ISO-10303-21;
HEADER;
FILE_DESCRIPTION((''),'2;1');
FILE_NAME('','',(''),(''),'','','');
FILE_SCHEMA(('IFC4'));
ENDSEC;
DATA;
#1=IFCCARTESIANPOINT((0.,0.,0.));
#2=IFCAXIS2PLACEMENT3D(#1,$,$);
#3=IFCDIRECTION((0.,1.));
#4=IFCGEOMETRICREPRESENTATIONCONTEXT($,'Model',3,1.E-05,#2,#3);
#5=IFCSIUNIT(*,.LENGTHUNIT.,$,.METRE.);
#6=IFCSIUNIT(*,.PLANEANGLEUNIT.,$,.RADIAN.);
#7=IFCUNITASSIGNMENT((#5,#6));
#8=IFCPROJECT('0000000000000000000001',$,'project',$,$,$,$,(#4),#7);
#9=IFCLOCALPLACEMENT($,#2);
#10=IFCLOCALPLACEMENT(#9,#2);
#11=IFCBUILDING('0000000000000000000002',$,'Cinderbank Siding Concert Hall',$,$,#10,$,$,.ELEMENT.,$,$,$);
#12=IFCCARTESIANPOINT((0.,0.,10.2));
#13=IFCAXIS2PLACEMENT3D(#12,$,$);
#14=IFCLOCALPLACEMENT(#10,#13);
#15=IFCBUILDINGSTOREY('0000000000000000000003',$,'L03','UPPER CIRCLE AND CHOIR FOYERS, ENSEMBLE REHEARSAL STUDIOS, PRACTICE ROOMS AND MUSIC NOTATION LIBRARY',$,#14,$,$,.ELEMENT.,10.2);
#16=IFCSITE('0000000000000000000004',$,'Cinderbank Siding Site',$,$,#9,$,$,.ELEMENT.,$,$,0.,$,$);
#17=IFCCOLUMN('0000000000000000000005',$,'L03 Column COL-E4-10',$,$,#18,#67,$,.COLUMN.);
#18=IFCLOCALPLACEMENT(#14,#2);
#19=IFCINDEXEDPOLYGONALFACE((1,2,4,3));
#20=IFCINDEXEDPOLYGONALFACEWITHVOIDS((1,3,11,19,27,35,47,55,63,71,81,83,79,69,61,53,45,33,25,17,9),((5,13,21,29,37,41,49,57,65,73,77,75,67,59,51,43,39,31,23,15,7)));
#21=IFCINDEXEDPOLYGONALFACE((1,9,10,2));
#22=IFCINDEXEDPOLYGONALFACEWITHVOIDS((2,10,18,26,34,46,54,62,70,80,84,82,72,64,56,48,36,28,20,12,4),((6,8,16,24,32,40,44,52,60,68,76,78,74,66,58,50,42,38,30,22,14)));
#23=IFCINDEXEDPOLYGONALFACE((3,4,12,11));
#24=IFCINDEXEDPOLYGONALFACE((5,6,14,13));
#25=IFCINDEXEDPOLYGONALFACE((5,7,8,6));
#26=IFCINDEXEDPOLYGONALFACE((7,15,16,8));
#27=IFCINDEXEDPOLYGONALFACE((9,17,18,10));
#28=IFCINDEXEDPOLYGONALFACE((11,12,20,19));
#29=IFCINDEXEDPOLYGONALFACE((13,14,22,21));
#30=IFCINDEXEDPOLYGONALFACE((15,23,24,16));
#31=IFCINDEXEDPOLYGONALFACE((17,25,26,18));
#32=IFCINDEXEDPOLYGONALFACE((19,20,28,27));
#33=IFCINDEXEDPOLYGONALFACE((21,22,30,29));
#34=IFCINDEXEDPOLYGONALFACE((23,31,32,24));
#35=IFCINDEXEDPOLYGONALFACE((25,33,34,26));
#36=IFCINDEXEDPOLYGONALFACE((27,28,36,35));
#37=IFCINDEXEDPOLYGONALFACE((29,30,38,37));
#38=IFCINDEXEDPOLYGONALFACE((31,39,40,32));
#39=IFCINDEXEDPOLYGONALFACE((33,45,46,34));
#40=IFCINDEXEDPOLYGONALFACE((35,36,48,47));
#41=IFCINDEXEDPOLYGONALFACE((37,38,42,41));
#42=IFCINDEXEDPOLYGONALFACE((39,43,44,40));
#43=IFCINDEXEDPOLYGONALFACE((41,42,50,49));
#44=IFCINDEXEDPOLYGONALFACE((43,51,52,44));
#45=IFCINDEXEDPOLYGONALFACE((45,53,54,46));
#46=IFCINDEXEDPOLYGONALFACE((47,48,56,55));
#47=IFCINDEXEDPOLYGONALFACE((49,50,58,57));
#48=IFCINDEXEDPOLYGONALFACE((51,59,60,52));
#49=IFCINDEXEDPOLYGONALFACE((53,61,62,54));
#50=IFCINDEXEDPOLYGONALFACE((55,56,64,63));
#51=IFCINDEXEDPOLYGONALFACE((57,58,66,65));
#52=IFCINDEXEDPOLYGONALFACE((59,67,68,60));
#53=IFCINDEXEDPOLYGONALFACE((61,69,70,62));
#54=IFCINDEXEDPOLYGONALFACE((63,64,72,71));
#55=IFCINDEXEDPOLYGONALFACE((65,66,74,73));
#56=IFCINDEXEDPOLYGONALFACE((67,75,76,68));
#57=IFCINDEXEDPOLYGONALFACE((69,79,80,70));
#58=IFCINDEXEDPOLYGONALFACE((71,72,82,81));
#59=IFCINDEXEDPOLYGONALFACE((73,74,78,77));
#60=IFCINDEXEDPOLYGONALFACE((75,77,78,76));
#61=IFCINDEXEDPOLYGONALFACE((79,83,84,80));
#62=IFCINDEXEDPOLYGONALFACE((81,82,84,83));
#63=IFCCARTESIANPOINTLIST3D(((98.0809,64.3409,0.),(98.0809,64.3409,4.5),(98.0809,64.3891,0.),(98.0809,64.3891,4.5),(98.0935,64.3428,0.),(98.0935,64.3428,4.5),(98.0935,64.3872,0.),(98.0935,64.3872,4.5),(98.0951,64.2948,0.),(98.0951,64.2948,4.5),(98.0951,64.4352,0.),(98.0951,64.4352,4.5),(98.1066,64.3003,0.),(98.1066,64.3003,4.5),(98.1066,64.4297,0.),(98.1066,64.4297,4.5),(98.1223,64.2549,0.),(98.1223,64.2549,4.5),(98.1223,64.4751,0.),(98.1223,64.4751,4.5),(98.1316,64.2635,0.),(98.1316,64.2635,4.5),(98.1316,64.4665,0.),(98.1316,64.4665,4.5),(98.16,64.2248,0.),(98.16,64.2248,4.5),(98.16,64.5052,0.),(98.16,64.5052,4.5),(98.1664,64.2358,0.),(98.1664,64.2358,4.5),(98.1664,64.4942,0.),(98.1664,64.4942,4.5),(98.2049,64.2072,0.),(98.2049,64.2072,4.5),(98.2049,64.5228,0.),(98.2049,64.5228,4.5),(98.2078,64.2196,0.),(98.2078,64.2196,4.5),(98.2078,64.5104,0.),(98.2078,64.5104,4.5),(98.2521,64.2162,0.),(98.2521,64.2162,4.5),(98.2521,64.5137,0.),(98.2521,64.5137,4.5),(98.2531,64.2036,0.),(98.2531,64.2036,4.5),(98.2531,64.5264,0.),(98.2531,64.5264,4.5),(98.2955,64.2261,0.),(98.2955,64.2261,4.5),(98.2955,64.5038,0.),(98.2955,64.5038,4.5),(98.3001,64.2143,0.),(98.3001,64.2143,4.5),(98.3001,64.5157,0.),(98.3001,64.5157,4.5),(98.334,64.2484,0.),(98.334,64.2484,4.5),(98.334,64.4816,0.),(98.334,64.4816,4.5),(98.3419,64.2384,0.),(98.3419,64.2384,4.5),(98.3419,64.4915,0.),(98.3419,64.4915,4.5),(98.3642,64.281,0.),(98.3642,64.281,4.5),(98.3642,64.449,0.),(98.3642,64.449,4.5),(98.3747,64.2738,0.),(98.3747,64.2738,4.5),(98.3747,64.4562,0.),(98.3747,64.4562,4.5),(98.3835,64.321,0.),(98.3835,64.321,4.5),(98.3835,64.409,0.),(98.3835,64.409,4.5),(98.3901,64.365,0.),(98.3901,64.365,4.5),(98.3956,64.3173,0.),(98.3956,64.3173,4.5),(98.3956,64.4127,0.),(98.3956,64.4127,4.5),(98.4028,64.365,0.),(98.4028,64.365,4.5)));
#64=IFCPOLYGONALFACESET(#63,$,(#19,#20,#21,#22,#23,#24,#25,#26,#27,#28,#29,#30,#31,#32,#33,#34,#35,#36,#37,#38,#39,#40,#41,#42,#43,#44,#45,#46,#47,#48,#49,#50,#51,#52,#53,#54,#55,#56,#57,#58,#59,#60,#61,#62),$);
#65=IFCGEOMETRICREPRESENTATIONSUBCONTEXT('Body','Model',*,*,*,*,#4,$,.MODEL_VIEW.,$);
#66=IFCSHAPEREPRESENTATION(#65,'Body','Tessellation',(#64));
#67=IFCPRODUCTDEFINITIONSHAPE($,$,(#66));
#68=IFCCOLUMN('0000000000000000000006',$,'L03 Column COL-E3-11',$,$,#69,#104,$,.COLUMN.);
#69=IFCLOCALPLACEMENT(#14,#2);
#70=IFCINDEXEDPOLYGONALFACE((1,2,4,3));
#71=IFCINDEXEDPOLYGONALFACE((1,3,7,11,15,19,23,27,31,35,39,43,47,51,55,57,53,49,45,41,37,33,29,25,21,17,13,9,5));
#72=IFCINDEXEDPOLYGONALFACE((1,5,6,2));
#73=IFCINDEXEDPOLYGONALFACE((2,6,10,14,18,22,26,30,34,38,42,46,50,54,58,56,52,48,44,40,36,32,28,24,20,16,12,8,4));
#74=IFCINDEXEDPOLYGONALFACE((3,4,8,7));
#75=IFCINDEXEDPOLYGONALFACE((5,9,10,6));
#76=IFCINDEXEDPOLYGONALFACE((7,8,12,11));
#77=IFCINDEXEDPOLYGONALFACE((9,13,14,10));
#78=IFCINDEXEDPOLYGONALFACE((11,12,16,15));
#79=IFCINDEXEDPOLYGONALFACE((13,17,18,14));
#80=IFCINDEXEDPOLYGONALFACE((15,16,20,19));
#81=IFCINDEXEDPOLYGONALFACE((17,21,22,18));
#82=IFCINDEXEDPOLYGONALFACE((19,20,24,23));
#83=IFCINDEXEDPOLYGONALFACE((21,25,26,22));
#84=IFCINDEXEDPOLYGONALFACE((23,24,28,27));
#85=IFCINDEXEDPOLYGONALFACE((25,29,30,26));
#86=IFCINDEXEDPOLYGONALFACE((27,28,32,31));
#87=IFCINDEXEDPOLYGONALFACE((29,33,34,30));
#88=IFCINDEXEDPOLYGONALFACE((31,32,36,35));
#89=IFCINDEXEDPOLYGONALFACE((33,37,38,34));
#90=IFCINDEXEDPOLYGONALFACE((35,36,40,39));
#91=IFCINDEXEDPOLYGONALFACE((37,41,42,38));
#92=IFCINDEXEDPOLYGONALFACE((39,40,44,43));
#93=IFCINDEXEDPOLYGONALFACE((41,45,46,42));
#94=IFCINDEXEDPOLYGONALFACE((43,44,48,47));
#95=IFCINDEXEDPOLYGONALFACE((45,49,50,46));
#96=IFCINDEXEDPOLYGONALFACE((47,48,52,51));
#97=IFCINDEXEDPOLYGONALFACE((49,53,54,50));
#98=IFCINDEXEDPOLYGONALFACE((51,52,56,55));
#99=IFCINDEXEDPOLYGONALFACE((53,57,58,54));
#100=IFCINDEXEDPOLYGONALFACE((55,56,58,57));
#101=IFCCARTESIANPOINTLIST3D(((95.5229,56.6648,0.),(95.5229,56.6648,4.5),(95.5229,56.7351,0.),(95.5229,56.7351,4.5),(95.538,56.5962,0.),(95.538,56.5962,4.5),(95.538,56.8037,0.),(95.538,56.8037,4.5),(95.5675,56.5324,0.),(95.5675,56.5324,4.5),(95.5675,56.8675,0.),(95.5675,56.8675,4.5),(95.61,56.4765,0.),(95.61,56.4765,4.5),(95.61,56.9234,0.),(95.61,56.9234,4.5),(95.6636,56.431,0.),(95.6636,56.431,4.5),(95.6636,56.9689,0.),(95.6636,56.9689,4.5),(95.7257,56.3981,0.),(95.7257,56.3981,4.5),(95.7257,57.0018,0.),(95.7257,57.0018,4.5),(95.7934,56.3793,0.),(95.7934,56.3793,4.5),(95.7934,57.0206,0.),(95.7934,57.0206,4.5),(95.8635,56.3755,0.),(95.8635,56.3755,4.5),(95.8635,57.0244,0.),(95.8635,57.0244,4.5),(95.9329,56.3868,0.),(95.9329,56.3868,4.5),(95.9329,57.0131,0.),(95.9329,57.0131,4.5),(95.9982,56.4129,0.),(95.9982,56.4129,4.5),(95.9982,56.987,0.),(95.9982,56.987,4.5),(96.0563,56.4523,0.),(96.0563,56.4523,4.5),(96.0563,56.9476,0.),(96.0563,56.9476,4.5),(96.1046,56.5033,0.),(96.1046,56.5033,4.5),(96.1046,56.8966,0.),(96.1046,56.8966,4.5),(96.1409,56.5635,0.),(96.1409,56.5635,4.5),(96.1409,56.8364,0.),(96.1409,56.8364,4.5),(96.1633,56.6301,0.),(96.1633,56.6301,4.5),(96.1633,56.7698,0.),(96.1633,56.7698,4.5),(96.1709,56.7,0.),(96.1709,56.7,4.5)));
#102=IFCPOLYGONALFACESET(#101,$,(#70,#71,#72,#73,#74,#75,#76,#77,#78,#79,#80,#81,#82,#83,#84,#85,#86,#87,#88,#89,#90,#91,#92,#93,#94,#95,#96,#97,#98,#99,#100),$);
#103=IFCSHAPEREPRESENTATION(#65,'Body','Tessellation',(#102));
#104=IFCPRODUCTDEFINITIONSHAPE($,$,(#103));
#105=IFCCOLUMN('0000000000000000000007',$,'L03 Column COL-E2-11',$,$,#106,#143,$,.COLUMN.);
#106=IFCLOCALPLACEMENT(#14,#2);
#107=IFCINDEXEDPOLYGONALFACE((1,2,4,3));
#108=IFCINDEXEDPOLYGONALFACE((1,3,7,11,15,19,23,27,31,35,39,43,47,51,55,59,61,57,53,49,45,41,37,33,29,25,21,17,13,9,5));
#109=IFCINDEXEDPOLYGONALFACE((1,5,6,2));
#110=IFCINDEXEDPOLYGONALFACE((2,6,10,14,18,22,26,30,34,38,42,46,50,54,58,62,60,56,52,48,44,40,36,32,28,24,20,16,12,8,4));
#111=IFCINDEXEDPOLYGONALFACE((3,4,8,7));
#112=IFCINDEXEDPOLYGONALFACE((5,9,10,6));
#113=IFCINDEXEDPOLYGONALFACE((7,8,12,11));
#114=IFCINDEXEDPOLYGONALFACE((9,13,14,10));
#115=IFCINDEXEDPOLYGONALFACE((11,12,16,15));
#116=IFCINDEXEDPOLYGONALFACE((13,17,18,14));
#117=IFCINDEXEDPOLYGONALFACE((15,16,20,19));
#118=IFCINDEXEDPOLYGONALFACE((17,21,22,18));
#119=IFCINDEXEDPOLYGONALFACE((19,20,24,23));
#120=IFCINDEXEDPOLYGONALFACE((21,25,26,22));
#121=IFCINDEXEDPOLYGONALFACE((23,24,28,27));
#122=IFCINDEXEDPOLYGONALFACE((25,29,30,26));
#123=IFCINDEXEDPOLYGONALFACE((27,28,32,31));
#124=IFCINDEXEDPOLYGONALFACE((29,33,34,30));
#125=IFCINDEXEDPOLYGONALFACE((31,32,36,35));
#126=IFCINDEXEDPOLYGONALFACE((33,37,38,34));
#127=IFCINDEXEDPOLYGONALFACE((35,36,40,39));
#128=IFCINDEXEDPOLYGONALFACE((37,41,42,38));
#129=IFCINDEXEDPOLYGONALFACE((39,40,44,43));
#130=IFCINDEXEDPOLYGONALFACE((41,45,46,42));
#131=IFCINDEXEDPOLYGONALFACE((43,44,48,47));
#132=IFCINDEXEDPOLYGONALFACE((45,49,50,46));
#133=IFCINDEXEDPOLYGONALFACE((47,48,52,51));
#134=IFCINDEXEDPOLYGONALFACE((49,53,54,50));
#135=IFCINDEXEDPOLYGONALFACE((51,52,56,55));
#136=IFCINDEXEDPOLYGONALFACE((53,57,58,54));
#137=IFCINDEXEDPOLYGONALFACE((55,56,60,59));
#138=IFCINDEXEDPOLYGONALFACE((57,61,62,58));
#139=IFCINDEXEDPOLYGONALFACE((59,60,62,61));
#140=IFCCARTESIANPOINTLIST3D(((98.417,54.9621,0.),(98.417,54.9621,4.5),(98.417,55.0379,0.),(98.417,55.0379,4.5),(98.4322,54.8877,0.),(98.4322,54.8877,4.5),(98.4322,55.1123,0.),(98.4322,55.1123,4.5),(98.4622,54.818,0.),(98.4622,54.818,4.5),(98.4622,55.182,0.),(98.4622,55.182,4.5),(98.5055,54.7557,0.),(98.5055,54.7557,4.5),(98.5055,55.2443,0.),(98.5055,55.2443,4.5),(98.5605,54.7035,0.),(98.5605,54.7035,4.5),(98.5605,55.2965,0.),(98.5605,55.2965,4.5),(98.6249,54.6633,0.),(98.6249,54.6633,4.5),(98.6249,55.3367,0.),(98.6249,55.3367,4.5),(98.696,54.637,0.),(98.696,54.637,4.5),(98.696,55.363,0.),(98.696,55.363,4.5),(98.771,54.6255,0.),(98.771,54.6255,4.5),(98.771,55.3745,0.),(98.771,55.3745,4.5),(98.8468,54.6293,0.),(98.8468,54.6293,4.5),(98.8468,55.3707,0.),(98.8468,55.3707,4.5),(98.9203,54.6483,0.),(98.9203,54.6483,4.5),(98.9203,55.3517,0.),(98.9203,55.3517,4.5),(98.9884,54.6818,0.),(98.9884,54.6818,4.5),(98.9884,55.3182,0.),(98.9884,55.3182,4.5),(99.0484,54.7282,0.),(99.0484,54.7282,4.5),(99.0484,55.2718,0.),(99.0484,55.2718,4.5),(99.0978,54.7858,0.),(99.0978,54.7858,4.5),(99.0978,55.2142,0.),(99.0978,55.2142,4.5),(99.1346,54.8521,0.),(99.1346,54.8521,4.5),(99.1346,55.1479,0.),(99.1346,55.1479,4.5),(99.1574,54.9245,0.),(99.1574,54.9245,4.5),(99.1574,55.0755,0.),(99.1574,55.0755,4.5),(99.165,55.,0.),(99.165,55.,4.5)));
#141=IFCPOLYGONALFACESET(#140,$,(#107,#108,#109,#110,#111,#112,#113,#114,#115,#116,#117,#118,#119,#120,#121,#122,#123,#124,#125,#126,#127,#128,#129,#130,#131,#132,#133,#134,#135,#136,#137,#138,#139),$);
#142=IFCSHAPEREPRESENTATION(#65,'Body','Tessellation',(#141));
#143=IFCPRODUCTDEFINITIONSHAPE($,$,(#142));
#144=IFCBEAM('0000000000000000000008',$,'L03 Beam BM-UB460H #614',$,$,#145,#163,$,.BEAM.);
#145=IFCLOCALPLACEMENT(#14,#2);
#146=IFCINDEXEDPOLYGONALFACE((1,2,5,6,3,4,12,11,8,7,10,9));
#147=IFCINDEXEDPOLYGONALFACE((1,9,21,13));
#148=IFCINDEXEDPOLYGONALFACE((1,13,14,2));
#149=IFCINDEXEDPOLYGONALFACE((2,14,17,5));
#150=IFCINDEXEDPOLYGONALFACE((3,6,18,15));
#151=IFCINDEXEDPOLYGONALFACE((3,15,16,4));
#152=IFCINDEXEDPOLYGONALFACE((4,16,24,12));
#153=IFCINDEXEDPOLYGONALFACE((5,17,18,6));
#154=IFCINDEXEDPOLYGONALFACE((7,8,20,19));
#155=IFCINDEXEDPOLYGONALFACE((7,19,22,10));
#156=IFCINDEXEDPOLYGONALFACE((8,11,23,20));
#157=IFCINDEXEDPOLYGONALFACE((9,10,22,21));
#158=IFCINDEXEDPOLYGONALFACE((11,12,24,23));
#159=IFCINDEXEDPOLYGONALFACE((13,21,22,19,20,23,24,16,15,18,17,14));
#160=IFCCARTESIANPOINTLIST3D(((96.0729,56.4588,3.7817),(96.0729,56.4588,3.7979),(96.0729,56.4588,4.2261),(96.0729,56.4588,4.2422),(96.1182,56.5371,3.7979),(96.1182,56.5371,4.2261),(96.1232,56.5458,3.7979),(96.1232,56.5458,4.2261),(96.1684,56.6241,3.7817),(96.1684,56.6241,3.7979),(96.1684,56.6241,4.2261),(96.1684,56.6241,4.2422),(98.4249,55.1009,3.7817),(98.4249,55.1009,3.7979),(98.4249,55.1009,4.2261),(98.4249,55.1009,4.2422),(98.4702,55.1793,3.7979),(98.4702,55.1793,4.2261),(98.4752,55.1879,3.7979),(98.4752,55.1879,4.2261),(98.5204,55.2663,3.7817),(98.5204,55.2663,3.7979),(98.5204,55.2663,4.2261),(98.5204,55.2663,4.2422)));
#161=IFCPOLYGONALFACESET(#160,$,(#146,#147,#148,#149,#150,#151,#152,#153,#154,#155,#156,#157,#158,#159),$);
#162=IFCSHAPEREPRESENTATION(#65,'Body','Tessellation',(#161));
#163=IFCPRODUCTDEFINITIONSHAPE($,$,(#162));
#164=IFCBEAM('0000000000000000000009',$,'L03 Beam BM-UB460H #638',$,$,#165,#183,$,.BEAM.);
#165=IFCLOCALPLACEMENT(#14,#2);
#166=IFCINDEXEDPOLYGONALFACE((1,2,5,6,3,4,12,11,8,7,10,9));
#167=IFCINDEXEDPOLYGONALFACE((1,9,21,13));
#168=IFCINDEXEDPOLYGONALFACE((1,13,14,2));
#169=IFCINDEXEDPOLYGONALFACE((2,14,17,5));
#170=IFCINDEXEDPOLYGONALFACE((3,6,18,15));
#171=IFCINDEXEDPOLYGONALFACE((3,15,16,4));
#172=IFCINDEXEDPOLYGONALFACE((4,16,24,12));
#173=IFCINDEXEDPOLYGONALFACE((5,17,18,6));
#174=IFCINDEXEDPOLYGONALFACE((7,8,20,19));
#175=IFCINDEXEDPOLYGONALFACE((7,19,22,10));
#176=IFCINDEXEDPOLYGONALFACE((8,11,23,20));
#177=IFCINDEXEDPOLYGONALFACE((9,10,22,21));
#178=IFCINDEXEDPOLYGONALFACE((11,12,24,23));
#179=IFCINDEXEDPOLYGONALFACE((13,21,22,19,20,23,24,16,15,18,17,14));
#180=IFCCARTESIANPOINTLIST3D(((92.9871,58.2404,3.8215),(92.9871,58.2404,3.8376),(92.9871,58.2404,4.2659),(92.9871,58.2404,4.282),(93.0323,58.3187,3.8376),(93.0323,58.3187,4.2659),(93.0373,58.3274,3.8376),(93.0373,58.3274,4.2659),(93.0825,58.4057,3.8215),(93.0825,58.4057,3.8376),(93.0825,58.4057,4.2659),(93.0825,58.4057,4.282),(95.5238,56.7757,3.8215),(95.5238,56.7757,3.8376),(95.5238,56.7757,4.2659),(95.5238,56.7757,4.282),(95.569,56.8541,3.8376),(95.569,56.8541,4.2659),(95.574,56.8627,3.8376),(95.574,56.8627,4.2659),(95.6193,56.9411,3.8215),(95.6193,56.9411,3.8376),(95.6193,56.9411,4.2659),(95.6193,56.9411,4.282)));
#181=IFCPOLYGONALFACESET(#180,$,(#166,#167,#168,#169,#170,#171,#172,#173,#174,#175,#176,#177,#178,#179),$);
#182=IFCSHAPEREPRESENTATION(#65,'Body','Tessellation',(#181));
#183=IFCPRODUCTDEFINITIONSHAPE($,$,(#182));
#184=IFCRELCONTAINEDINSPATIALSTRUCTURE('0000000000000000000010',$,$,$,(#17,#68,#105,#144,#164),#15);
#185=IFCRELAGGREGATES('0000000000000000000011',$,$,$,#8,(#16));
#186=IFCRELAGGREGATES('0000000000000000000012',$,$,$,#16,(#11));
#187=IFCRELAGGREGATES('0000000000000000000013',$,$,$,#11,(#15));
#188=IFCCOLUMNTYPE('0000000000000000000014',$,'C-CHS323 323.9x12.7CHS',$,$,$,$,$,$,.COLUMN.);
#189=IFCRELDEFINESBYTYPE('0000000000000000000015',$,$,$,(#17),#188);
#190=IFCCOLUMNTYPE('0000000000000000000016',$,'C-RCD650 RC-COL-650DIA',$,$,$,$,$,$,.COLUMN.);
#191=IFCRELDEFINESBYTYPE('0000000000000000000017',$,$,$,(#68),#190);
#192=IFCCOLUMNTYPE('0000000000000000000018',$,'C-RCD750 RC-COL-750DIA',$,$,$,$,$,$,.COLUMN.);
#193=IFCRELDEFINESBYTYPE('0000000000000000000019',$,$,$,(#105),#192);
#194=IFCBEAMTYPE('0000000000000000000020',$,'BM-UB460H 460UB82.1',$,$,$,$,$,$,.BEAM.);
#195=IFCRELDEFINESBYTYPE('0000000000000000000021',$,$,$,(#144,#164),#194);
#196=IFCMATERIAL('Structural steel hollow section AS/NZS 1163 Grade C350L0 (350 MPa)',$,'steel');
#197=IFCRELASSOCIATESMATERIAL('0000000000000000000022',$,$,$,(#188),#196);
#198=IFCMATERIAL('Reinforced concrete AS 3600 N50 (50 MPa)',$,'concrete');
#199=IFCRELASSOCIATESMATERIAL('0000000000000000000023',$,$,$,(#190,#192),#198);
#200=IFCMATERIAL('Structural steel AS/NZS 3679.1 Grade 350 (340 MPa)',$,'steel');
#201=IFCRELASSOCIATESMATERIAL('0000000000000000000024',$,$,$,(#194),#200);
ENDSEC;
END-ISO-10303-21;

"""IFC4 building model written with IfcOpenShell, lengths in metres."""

from ifc_helpers import new_model, si_unit, direction, frame, origin, origin_2d, place, context, subcontext, project, spatial, circle, hollow_circle, i_section, extrude, material, material_profile, profile_set, type_object, element, save


model = new_model("IFC4")

# Units and contexts
model_context = context("Model", 3, precision=1e-05, world=origin(), true_north=direction((0.0, 1.0)))
body_context = subcontext(model_context, "Body", "Model", "MODEL_VIEW")
ifc_project = project(units=[si_unit("LENGTHUNIT", "METRE"), si_unit("PLANEANGLEUNIT", "RADIAN")], contexts=[model_context])

# Site, building, storey
site_placement = place(None, origin())
site = spatial("IfcSite", under=ifc_project, at=site_placement, Name="Cinderbank Siding Site", CompositionType="ELEMENT", RefElevation=0.0)
building_placement = place(site_placement, origin())
building = spatial("IfcBuilding", under=site, at=building_placement, Name="Cinderbank Siding Concert Hall", CompositionType="ELEMENT")
storey_placement = place(building_placement, frame((0.0, 0.0, 10.2)))
storey = spatial("IfcBuildingStorey", under=building, at=storey_placement, Name="L03", Description="UPPER CIRCLE AND CHOIR FOYERS, ENSEMBLE REHEARSAL STUDIOS, PRACTICE ROOMS AND MUSIC NOTATION LIBRARY", CompositionType="ELEMENT", Elevation=10.2)

# Columns
ifc_material_1 = material(Name="Structural steel hollow section AS/NZS 1163 Grade C350L0 (350 MPa)", Category="steel")
ifc_material_profile_1 = material_profile(ifc_material_1, hollow_circle(Radius=0.1619, WallThickness=0.0127, at=origin_2d()), Name="323.9x12.7CHS", Category="LoadBearing")
ifc_profile_set_1 = profile_set([ifc_material_profile_1], Name="Structural steel hollow section AS/NZS 1163 Grade C350L0 (350 MPa)")
column_type_1 = type_object("IfcColumnType", Name="C-CHS323 323.9x12.7CHS", PredefinedType="COLUMN", material=ifc_profile_set_1)
column_1_placement = place(storey_placement, frame((98.241, 64.365, 0.0), z_axis=(0.0, 0.0, 1.0), x_axis=(1.0, 0.0, 0.0)))
element("IfcColumn", 1, at=column_1_placement, inside=storey, type_object=column_type_1, Name="L03 Column COL-E4-10", PredefinedType="COLUMN", context=body_context, shape_type="SweptSolid", body=[
    extrude(hollow_circle(Radius=0.1619, WallThickness=0.0127, at=origin_2d()), origin(), (0.0, 0.0, 1.0), 4.5),
])
ifc_material_2 = material(Name="Reinforced concrete AS 3600 N50 (50 MPa)", Category="concrete")
ifc_material_profile_2 = material_profile(ifc_material_2, circle(Radius=0.325, at=origin_2d()), Name="RC-COL-650DIA", Category="LoadBearing")
ifc_profile_set_2 = profile_set([ifc_material_profile_2], Name="Reinforced concrete AS 3600 N50 (50 MPa)")
column_type_2 = type_object("IfcColumnType", Name="C-RCD650 RC-COL-650DIA", PredefinedType="COLUMN", material=ifc_profile_set_2)
column_2_placement = place(storey_placement, frame((95.8459, 56.7, 0.0), z_axis=(0.0, 0.0, 1.0), x_axis=(1.0, 0.0, 0.0)))
element("IfcColumn", 2, at=column_2_placement, inside=storey, type_object=column_type_2, Name="L03 Column COL-E3-11", PredefinedType="COLUMN", context=body_context, shape_type="SweptSolid", body=[
    extrude(circle(Radius=0.325, at=origin_2d()), origin(), (0.0, 0.0, 1.0), 4.5),
])
ifc_material_profile_3 = material_profile(ifc_material_2, circle(Radius=0.375, at=origin_2d()), Name="RC-COL-750DIA", Category="LoadBearing")
ifc_profile_set_3 = profile_set([ifc_material_profile_3], Name="Reinforced concrete AS 3600 N50 (50 MPa)")
column_type_3 = type_object("IfcColumnType", Name="C-RCD750 RC-COL-750DIA", PredefinedType="COLUMN", material=ifc_profile_set_3)
column_3_placement = place(storey_placement, frame((98.79, 55.0, 0.0), z_axis=(0.0, 0.0, 1.0), x_axis=(1.0, 0.0, 0.0)))
element("IfcColumn", 3, at=column_3_placement, inside=storey, type_object=column_type_3, Name="L03 Column COL-E2-11", PredefinedType="COLUMN", context=body_context, shape_type="SweptSolid", body=[
    extrude(circle(Radius=0.375, at=origin_2d()), origin(), (0.0, 0.0, 1.0), 4.5),
])

# Beams
ifc_material_3 = material(Name="Structural steel AS/NZS 3679.1 Grade 350 (340 MPa)", Category="steel")
ifc_material_profile_4 = material_profile(ifc_material_3, i_section(OverallWidth=0.1909, OverallDepth=0.4604, WebThickness=0.01, FlangeThickness=0.0161, at=origin_2d()), Name="460UB82.1", Category="LoadBearing")
ifc_profile_set_4 = profile_set([ifc_material_profile_4], Name="Structural steel AS/NZS 3679.1 Grade 350 (340 MPa)")
beam_type_1 = type_object("IfcBeamType", Name="BM-UB460H 460UB82.1", PredefinedType="BEAM", material=ifc_profile_set_4)
beam_1_placement = place(storey_placement, frame((98.4727, 55.1836, 4.012), z_axis=(-0.866033, 0.499987, 0.0), x_axis=(-0.499987, -0.866033, 0.0)))
element("IfcBeam", 4, at=beam_1_placement, inside=storey, type_object=beam_type_1, Name="L03 Beam BM-UB460H #614", PredefinedType="BEAM", context=body_context, shape_type="SweptSolid", body=[
    extrude(i_section(OverallWidth=0.1909, OverallDepth=0.4604, WebThickness=0.01, FlangeThickness=0.0161, at=origin_2d()), origin(), (0.0, 0.0, 1.0), 2.7158),
])
beam_2_placement = place(storey_placement, frame((95.5715, 56.8584, 4.0518), z_axis=(-0.866013, 0.500021, 0.0), x_axis=(-0.500021, -0.866013, 0.0)))
element("IfcBeam", 5, at=beam_2_placement, inside=storey, type_object=beam_type_1, Name="L03 Beam BM-UB460H #638", PredefinedType="BEAM", context=body_context, shape_type="SweptSolid", body=[
    extrude(i_section(OverallWidth=0.1909, OverallDepth=0.4604, WebThickness=0.01, FlangeThickness=0.0161, at=origin_2d()), origin(), (0.0, 0.0, 1.0), 2.9292),
])

save(model, "model.ifc")
